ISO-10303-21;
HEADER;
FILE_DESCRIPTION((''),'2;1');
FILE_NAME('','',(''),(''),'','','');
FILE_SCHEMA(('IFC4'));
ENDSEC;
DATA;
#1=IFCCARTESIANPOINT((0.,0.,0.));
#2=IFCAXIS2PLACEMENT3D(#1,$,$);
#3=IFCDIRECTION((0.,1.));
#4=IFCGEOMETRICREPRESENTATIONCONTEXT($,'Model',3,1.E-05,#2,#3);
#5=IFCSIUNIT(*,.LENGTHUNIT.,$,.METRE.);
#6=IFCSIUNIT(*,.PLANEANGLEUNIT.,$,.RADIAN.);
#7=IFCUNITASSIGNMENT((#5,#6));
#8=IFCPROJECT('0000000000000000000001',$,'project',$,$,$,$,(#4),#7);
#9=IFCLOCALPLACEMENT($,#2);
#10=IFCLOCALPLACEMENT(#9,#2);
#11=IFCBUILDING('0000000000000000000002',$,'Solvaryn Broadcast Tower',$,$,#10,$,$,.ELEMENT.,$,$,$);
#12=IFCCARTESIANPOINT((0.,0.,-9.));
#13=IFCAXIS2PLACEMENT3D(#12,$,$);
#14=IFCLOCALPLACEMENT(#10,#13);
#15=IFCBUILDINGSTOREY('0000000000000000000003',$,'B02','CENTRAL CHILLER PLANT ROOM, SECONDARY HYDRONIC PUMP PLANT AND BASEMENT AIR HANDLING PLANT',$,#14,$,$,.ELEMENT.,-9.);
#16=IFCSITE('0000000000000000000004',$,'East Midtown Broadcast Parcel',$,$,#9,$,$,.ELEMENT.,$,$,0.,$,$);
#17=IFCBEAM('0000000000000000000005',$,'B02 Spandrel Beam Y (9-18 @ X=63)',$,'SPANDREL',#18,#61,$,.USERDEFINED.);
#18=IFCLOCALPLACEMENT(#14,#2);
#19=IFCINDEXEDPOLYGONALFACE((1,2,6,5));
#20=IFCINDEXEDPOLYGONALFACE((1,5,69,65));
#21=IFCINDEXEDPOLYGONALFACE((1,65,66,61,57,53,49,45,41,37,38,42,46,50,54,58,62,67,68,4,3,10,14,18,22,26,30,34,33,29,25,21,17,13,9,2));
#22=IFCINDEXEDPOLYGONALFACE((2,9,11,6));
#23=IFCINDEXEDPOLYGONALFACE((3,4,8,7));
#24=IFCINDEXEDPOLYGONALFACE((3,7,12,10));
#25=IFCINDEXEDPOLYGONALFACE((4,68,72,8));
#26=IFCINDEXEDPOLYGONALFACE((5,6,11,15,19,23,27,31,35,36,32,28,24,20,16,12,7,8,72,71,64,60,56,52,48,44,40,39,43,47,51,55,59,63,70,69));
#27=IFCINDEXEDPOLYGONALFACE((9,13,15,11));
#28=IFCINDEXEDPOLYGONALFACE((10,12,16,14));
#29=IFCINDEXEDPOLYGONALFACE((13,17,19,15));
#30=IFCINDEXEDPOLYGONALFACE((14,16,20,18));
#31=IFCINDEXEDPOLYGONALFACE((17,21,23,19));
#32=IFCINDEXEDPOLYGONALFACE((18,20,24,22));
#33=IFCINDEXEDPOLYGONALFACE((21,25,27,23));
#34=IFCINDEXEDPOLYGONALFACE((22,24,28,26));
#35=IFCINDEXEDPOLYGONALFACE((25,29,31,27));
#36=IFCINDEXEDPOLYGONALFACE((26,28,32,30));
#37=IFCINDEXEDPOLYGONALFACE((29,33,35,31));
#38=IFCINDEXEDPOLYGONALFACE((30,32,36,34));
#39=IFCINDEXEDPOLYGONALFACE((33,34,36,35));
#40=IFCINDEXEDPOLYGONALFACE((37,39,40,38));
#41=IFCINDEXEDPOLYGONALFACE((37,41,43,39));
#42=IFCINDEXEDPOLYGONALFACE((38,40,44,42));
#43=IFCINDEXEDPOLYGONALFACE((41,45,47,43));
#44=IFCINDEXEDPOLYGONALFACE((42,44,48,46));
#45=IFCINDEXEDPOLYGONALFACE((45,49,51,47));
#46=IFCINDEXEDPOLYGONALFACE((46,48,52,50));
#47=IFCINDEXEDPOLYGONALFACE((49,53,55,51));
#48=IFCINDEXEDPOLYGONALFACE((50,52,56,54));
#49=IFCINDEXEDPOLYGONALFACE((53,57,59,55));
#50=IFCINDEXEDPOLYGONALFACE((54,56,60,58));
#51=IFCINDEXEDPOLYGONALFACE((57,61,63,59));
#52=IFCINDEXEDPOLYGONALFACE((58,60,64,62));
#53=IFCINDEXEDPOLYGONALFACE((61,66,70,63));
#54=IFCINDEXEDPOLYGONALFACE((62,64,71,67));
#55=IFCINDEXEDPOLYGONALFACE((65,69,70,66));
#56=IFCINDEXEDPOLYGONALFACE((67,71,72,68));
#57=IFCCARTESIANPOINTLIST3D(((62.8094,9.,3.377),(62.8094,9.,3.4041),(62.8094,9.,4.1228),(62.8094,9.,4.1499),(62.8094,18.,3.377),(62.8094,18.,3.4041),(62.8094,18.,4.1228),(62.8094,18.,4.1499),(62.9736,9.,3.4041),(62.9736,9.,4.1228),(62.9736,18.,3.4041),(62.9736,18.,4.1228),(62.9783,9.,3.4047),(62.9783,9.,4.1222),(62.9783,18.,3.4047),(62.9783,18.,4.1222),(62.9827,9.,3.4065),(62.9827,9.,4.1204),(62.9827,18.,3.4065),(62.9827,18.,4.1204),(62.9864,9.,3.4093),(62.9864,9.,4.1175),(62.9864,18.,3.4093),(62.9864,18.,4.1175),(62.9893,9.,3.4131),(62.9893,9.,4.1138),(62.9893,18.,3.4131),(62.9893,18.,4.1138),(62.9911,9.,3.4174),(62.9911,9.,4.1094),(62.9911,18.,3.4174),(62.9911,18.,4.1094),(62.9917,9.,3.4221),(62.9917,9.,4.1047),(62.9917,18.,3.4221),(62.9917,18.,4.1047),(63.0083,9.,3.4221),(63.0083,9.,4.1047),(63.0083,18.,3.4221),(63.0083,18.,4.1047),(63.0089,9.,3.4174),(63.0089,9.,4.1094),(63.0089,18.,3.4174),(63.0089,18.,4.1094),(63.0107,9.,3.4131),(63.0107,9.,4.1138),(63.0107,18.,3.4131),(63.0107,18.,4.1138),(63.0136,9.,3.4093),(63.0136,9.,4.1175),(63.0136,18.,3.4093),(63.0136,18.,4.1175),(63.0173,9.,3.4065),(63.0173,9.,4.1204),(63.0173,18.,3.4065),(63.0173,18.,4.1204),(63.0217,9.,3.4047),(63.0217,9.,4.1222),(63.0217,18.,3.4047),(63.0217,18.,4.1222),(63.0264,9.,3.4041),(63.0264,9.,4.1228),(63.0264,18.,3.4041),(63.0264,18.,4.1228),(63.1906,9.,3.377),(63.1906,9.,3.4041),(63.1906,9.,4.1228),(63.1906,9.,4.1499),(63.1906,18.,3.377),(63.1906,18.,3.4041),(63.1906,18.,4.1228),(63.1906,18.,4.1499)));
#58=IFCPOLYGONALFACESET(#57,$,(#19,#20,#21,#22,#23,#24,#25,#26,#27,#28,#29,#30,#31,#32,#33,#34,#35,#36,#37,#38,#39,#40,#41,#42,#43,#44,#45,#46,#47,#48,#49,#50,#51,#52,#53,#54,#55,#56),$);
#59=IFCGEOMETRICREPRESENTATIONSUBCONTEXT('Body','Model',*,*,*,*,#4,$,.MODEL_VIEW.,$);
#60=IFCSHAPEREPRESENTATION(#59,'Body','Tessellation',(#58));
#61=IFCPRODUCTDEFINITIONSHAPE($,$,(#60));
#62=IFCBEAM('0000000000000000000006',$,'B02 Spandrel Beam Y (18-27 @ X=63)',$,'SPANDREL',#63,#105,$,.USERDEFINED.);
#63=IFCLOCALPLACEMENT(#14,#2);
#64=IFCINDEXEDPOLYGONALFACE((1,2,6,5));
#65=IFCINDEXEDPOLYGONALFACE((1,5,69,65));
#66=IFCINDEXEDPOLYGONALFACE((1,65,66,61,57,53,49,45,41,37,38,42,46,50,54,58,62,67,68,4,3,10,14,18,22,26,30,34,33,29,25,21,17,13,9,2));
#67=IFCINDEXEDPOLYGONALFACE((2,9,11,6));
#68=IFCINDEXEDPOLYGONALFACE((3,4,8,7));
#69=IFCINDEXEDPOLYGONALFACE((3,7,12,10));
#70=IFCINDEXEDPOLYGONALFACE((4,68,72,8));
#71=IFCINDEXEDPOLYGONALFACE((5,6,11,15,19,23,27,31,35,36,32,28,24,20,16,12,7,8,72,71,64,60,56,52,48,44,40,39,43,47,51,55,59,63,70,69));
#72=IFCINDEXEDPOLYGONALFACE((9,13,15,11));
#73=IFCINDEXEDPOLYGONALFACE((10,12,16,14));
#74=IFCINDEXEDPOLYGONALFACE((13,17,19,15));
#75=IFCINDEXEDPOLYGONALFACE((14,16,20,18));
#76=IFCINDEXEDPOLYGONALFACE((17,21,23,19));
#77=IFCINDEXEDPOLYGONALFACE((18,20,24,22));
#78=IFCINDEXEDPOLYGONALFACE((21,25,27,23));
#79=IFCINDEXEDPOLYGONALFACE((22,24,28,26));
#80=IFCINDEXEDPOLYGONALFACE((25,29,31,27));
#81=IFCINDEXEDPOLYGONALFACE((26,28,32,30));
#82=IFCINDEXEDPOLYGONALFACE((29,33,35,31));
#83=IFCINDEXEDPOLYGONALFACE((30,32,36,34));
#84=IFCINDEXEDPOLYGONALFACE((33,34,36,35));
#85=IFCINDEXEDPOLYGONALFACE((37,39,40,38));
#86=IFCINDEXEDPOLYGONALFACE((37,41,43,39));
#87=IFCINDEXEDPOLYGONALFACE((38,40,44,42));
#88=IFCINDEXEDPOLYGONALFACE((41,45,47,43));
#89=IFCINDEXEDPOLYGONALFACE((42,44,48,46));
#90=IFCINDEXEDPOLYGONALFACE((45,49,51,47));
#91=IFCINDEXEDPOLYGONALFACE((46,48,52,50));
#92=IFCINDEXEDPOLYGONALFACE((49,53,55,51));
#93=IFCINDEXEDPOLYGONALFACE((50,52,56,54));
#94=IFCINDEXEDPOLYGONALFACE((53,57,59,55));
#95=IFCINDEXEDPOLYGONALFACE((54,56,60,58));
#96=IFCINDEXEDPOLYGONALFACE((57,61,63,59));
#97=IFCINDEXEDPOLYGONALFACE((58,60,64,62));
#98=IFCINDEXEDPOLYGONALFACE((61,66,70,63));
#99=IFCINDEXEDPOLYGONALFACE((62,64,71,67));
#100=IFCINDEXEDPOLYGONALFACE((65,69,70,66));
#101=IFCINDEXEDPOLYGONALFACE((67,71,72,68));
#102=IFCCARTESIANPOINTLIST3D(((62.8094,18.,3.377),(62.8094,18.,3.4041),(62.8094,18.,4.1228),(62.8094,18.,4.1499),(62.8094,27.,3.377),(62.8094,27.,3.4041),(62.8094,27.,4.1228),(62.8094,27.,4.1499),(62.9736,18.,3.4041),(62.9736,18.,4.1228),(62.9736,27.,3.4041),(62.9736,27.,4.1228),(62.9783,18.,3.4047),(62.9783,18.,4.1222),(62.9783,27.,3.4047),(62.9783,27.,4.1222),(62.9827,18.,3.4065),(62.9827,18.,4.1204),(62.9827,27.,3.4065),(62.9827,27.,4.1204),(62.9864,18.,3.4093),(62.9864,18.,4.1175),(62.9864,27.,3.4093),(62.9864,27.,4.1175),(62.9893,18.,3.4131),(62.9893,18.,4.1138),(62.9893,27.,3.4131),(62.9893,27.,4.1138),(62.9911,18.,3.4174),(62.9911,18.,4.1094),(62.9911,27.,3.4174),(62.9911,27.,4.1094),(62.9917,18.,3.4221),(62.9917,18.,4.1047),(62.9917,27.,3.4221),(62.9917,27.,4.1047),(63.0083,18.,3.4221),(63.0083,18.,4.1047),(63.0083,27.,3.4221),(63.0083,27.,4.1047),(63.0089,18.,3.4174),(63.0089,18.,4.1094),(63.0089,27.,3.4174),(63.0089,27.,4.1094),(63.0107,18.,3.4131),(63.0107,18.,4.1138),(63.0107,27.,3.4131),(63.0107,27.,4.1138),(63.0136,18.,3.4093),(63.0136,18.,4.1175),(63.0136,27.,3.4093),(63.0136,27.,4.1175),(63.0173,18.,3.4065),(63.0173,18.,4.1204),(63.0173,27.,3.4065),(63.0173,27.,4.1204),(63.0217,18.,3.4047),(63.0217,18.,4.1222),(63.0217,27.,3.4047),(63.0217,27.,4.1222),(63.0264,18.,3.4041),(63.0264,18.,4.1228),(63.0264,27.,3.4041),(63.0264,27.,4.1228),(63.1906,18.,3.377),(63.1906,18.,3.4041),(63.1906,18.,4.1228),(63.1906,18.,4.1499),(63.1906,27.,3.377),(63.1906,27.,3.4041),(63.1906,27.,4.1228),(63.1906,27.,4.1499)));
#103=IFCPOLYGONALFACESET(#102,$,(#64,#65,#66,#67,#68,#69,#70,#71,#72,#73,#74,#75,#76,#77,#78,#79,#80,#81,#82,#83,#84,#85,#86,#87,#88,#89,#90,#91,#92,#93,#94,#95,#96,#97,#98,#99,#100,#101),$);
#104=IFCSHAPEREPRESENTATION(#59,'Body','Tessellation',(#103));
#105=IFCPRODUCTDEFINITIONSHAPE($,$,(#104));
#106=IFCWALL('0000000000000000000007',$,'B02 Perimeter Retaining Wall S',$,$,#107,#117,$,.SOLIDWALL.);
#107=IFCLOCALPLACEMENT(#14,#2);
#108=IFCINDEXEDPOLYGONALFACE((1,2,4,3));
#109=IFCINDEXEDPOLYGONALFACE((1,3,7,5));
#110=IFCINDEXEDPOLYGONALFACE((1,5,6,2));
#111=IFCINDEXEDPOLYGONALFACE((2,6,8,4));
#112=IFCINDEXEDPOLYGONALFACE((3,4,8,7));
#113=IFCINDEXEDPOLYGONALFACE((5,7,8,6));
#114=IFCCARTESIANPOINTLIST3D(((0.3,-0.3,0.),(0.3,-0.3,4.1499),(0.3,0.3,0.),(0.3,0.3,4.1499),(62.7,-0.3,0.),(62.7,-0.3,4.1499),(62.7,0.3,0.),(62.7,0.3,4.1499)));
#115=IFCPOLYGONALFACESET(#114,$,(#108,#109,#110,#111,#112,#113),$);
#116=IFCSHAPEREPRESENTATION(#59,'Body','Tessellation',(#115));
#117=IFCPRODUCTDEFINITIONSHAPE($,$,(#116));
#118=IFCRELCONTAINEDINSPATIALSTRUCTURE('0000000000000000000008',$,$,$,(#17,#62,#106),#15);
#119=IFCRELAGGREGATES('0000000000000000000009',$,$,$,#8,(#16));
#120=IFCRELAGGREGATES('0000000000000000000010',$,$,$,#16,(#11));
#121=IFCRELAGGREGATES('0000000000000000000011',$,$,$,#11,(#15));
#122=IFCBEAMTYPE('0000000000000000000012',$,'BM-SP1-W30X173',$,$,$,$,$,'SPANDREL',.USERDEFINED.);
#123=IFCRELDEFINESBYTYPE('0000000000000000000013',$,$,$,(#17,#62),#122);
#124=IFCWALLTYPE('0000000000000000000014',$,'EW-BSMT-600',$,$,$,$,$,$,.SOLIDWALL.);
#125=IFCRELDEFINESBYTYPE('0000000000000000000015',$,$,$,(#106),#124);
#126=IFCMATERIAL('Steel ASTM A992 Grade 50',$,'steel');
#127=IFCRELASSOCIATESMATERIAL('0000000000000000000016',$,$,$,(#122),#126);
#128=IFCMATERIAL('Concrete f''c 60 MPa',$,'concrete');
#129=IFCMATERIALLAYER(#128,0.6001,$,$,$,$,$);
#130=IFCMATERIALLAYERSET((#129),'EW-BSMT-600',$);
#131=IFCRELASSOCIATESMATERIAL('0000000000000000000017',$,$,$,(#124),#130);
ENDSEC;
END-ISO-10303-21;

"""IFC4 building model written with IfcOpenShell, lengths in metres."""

from ifc_helpers import new_model, si_unit, direction, frame, frame_2d, origin, origin_2d, place, context, subcontext, project, spatial, rectangle, i_section, extrude, material, layer, layer_set, material_profile, profile_set, type_object, element, save


model = new_model("IFC4")

# Units and contexts
model_context = context("Model", 3, precision=1e-05, world=origin(), true_north=direction((0.0, 1.0)))
body_context = subcontext(model_context, "Body", "Model", "MODEL_VIEW")
ifc_project = project(units=[si_unit("LENGTHUNIT", "METRE"), si_unit("PLANEANGLEUNIT", "RADIAN")], contexts=[model_context])

# Site, building, storey
site_placement = place(None, origin())
site = spatial("IfcSite", under=ifc_project, at=site_placement, Name="East Midtown Broadcast Parcel", CompositionType="ELEMENT", RefElevation=0.0)
building_placement = place(site_placement, origin())
building = spatial("IfcBuilding", under=site, at=building_placement, Name="Solvaryn Broadcast Tower", CompositionType="ELEMENT")
storey_placement = place(building_placement, frame((0.0, 0.0, -9.0)))
storey = spatial("IfcBuildingStorey", under=building, at=storey_placement, Name="B02", Description="CENTRAL CHILLER PLANT ROOM, SECONDARY HYDRONIC PUMP PLANT AND BASEMENT AIR HANDLING PLANT", CompositionType="ELEMENT", Elevation=-9.0)

# Beams
ifc_material_1 = material(Name="Steel ASTM A992 Grade 50", Category="steel")
ifc_material_profile_1 = material_profile(ifc_material_1, i_section(OverallWidth=0.3811, OverallDepth=0.7729, WebThickness=0.0166, FlangeThickness=0.0271, FilletRadius=0.0181, at=origin_2d()))
ifc_profile_set_1 = profile_set([ifc_material_profile_1], Name="Steel ASTM A992 Grade 50")
beam_type_1 = type_object("IfcBeamType", Name="BM-SP1-W30X173", ElementType="SPANDREL", PredefinedType="USERDEFINED", material=ifc_profile_set_1)
for number, where, z_axis, x_axis, name in (
    (1, (63.0, 9.0, 3.7634), (0.0, 1.0, 0.0), (-1.0, 0.0, 0.0), "B02 Spandrel Beam Y (9-18 @ X=63)"),
    (2, (63.0, 18.0, 3.7634), (0.0, 1.0, 0.0), (-1.0, 0.0, 0.0), "B02 Spandrel Beam Y (18-27 @ X=63)"),
):
    element("IfcBeam", number, at=place(storey_placement, frame(where, z_axis=z_axis, x_axis=x_axis)), inside=storey, type_object=beam_type_1, Name=name, ObjectType="SPANDREL", PredefinedType="USERDEFINED", context=body_context, shape_type="SweptSolid", body=[
        extrude(i_section(OverallWidth=0.3811, OverallDepth=0.7729, WebThickness=0.0166, FlangeThickness=0.0271, FilletRadius=0.0181, at=origin_2d()), origin(), (0.0, 0.0, 1.0), 9.0),
    ])

# Wall
ifc_material_2 = material(Name="Concrete f'c 60 MPa", Category="concrete")
ifc_layer = layer(ifc_material_2, 0.6001)
ifc_layer_set = layer_set([ifc_layer], Name="EW-BSMT-600")
wall_type = type_object("IfcWallType", Name="EW-BSMT-600", PredefinedType="SOLIDWALL", material=ifc_layer_set)
wall_placement = place(storey_placement, frame((62.7, 0.0, 0.0), z_axis=(0.0, 0.0, 1.0), x_axis=(-1.0, 0.0, 0.0)))
element("IfcWall", 3, at=wall_placement, inside=storey, type_object=wall_type, Name="B02 Perimeter Retaining Wall S", PredefinedType="SOLIDWALL", context=body_context, shape_type="SweptSolid", body=[
    extrude(rectangle(XDim=62.3999, YDim=0.6001, at=frame_2d((31.2, 0.0))), origin(), (0.0, 0.0, 1.0), 4.1499),
])

save(model, "model.ifc")
